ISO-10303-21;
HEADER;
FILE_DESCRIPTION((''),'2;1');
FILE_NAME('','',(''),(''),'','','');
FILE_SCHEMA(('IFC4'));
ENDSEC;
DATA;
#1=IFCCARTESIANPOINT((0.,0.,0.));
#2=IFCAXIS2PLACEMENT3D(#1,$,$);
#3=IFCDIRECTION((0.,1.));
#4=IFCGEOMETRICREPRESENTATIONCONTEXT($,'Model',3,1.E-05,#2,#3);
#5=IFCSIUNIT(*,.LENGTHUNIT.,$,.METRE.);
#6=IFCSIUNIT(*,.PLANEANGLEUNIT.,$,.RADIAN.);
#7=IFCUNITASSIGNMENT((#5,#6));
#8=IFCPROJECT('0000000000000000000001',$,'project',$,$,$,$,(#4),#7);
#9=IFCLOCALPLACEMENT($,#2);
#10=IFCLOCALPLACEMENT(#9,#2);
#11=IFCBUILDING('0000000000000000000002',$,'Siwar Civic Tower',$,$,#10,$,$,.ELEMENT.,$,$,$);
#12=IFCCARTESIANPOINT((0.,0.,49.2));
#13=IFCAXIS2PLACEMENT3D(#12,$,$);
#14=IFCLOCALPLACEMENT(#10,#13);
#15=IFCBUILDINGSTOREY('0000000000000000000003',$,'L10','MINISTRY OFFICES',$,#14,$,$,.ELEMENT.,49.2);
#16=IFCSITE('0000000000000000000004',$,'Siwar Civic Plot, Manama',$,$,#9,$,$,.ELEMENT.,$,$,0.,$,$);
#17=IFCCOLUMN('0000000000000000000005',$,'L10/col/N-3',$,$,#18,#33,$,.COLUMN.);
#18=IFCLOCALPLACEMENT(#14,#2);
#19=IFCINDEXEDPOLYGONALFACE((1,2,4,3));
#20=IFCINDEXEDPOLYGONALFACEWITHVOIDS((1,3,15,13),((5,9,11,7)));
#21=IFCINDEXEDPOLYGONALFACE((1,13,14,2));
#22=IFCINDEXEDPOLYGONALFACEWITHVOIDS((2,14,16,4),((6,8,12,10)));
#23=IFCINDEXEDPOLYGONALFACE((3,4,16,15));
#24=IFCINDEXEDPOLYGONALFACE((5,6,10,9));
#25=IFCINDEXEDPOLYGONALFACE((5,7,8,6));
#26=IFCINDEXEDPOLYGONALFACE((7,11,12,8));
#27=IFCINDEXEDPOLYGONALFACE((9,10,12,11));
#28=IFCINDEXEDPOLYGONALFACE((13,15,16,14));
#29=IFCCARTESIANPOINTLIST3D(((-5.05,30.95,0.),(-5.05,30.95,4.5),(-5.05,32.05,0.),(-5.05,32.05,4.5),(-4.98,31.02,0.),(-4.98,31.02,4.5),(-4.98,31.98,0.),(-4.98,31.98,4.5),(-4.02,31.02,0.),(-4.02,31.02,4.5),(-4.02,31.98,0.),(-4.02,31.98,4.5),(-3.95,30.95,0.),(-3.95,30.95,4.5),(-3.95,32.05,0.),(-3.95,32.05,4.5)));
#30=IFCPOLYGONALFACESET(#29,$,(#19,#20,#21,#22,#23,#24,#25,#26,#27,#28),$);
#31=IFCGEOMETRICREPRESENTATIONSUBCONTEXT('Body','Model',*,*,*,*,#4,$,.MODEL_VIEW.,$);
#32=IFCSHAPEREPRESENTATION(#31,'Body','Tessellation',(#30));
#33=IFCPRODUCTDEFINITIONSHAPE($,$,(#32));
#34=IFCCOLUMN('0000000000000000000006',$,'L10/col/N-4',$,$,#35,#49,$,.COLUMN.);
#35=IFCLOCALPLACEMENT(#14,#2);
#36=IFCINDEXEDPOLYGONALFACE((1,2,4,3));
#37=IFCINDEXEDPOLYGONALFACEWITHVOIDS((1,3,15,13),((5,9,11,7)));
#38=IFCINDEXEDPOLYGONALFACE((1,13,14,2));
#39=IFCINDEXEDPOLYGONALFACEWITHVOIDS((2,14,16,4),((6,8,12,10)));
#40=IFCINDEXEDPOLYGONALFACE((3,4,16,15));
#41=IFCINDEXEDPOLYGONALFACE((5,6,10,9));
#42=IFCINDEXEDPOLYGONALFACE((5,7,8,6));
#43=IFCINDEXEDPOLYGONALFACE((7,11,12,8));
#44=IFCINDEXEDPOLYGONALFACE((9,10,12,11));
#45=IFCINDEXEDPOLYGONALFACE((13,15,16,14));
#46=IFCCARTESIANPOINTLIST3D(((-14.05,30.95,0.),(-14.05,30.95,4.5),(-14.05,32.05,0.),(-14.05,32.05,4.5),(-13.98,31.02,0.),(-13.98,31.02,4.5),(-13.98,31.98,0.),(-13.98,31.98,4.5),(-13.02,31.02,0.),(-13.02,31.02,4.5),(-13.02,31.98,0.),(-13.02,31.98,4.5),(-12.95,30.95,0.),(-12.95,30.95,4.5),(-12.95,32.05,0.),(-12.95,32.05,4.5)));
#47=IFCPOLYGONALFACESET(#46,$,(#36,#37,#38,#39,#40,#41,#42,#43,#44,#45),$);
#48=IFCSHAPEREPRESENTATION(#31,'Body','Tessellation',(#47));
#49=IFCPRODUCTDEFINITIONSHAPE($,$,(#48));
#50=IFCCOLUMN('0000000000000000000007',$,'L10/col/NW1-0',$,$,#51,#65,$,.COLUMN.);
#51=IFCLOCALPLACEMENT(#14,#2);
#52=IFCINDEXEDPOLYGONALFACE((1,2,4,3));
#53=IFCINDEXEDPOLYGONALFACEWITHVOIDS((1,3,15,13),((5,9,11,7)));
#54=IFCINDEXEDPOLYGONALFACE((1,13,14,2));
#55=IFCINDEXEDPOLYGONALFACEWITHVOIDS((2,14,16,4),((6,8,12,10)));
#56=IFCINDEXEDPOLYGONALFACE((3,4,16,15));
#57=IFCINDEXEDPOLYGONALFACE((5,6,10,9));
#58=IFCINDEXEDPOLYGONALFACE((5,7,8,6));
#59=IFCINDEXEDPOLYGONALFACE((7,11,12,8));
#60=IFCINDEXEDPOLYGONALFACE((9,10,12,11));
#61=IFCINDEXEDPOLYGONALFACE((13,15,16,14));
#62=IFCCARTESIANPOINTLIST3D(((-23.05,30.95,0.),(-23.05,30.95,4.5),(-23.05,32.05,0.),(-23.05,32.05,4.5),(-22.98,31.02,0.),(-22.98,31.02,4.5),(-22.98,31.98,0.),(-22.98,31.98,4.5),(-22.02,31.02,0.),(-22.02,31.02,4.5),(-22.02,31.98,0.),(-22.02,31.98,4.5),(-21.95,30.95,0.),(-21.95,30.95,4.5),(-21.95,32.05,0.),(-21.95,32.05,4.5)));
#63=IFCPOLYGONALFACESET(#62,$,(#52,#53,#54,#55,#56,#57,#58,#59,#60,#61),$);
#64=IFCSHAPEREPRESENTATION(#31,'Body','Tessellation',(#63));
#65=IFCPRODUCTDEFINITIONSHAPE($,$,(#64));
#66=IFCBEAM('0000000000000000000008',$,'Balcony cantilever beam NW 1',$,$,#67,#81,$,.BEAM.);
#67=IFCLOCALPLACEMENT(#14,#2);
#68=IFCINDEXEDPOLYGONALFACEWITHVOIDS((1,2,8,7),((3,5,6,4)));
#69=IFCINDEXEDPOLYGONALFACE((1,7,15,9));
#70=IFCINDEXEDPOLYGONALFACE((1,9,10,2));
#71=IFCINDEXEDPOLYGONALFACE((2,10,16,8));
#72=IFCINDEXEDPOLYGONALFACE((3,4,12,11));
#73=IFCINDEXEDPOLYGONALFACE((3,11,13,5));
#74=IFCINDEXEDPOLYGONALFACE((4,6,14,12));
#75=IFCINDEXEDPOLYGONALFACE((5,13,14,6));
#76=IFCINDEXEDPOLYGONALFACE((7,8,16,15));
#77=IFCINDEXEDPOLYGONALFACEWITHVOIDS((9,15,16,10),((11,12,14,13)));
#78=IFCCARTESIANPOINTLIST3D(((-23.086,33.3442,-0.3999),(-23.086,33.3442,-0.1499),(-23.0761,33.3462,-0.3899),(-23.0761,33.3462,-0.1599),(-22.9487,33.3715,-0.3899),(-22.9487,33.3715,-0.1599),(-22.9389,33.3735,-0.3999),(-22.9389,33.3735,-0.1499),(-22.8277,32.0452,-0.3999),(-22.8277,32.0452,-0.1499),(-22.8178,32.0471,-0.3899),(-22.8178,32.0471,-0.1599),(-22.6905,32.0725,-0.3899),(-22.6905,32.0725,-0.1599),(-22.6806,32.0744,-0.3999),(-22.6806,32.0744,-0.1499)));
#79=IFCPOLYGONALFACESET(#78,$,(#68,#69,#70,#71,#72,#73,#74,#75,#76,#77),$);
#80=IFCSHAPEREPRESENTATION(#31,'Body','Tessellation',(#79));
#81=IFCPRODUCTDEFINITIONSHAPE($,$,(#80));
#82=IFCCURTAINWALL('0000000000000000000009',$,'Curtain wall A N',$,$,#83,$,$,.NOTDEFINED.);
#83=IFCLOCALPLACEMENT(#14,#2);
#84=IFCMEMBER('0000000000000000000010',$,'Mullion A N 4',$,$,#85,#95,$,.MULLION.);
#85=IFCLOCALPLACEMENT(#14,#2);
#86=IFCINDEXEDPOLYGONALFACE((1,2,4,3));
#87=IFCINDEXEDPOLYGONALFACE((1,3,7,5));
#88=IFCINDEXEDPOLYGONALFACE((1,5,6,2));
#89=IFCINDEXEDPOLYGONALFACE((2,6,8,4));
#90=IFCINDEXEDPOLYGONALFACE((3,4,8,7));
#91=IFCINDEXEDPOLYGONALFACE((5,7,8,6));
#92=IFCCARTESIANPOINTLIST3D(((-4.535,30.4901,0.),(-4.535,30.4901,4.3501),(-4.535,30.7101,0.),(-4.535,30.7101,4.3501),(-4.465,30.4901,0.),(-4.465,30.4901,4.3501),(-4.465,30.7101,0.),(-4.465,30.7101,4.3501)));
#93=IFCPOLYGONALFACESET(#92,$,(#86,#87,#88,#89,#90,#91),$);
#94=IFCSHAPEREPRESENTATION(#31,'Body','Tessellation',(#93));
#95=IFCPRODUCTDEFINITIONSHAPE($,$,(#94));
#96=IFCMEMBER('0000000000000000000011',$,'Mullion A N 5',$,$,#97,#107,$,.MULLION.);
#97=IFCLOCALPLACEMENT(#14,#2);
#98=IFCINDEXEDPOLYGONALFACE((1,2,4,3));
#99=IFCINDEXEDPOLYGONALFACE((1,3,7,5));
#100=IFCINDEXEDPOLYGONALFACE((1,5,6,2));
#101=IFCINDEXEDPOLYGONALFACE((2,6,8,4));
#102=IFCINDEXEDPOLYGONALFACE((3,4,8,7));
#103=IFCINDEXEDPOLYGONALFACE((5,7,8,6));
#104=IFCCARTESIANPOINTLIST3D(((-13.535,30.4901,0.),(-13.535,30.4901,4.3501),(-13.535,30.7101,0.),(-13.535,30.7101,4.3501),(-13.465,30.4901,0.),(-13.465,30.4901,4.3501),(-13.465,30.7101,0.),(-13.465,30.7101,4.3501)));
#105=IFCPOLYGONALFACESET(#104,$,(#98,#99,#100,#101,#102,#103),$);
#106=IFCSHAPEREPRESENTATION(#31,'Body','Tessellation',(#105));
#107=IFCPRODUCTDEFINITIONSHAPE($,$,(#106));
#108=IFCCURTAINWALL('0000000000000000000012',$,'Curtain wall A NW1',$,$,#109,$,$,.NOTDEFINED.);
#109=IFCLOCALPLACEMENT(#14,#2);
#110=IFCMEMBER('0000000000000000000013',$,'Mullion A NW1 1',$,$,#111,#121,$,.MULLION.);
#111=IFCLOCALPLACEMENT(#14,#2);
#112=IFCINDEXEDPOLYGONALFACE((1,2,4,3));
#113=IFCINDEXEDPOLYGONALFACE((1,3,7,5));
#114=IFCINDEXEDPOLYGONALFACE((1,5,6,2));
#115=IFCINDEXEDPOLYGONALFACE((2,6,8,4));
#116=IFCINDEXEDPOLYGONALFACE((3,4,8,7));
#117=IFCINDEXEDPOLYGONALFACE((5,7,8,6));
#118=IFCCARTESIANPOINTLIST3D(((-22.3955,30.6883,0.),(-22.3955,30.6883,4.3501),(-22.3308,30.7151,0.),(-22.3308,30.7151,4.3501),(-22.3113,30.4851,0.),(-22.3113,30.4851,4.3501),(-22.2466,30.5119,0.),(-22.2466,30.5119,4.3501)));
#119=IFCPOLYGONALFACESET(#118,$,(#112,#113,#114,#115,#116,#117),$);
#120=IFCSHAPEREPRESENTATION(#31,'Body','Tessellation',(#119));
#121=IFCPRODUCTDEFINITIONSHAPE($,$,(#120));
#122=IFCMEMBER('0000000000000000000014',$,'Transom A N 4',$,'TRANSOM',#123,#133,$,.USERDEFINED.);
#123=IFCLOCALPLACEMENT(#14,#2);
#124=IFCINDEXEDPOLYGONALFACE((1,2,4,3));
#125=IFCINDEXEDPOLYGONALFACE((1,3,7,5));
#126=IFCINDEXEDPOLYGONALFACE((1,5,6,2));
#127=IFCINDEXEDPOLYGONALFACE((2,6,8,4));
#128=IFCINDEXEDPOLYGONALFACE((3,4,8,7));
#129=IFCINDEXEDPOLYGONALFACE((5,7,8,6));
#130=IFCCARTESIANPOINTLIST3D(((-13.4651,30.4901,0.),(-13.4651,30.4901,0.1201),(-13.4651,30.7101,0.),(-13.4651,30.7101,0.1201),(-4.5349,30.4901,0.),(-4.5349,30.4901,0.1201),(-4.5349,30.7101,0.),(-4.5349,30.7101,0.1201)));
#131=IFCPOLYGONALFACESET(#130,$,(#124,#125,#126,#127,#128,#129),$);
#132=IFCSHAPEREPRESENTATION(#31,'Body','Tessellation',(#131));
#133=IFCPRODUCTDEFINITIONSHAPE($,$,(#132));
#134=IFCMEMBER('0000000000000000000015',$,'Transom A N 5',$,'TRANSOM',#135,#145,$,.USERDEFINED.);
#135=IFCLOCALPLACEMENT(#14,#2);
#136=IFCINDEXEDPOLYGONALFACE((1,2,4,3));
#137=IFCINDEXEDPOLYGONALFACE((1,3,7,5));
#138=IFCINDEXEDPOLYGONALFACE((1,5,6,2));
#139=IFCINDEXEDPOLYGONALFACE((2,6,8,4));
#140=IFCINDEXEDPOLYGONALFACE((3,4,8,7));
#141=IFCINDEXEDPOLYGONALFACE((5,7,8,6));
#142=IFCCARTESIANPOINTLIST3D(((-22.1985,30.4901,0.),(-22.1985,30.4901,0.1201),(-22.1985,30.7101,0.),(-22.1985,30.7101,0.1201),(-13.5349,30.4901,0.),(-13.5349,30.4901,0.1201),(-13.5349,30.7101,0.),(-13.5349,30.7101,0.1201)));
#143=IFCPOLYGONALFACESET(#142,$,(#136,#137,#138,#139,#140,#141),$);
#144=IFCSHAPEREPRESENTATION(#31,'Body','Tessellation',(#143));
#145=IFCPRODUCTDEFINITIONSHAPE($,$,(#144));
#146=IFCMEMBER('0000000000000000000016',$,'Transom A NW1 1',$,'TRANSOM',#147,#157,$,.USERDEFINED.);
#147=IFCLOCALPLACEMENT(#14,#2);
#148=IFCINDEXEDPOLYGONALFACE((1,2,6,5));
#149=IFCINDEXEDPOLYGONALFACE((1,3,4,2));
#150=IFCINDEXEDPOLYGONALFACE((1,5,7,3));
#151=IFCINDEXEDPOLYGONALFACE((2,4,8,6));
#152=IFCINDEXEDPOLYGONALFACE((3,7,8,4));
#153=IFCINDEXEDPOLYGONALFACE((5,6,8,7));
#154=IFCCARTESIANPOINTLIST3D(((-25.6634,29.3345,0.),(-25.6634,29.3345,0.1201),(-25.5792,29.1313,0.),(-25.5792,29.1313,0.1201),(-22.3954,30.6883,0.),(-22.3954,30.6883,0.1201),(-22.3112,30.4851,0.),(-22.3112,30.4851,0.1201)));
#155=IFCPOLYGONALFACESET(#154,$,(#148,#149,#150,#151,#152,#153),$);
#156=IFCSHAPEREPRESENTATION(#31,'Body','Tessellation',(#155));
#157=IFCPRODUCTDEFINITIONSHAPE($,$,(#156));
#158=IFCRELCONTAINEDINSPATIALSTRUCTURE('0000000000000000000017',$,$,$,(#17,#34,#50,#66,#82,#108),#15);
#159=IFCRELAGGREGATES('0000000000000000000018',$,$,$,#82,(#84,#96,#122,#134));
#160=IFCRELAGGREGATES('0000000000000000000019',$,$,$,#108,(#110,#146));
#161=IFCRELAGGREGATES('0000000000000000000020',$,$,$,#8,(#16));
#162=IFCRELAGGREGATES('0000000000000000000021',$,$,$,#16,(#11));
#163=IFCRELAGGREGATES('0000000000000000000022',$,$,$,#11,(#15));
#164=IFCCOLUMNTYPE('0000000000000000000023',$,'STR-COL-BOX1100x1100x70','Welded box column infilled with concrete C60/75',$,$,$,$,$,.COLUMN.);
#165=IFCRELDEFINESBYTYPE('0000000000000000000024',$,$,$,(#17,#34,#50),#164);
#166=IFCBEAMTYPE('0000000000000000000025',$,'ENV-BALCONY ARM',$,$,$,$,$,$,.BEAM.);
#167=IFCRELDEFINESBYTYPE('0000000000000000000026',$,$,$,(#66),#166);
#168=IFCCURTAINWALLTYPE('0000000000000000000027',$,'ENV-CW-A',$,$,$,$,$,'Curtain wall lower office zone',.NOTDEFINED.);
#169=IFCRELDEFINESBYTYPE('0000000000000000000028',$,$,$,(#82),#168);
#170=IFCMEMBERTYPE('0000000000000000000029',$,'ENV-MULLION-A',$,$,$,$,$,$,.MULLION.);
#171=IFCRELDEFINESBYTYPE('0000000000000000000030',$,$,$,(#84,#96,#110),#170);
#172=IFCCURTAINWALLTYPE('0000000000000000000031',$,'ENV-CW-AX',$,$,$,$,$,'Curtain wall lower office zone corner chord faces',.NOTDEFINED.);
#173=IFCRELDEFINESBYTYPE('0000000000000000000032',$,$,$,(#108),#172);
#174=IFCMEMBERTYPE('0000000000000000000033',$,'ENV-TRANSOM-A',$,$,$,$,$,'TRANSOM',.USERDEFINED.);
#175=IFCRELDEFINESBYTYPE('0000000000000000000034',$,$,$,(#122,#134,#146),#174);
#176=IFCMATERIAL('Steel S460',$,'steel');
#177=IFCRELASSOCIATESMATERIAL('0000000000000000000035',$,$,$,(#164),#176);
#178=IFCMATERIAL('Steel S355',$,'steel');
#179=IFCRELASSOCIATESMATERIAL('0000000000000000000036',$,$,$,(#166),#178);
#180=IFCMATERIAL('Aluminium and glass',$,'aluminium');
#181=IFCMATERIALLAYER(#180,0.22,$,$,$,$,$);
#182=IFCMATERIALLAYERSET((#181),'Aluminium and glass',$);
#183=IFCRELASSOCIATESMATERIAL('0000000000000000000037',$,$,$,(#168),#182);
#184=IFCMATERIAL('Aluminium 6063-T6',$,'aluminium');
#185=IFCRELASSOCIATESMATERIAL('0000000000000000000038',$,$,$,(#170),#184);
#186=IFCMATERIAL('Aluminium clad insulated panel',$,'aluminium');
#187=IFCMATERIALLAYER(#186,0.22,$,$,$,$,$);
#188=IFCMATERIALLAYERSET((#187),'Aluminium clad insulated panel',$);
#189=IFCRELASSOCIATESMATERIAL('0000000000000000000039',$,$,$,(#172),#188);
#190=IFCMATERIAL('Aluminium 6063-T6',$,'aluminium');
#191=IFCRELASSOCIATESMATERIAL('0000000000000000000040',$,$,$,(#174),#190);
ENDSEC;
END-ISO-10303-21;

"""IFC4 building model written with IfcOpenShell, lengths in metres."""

from ifc_helpers import new_model, si_unit, direction, frame, origin, origin_2d, place, context, subcontext, project, spatial, rectangle, hollow_rectangle, extrude, material, layer, layer_set, material_profile, profile_set, type_object, element, aggregate, save


model = new_model("IFC4")

# Units and contexts
model_context = context("Model", 3, precision=1e-05, world=origin(), true_north=direction((0.0, 1.0)))
body_context = subcontext(model_context, "Body", "Model", "MODEL_VIEW")
ifc_project = project(units=[si_unit("LENGTHUNIT", "METRE"), si_unit("PLANEANGLEUNIT", "RADIAN")], contexts=[model_context])

# Site, building, storey
site_placement = place(None, origin())
site = spatial("IfcSite", under=ifc_project, at=site_placement, Name="Siwar Civic Plot, Manama", CompositionType="ELEMENT", RefElevation=0.0)
building_placement = place(site_placement, origin())
building = spatial("IfcBuilding", under=site, at=building_placement, Name="Siwar Civic Tower", CompositionType="ELEMENT")
storey_placement = place(building_placement, frame((0.0, 0.0, 49.2)))
storey = spatial("IfcBuildingStorey", under=building, at=storey_placement, Name="L10", Description="MINISTRY OFFICES", CompositionType="ELEMENT", Elevation=49.2)

# Columns
ifc_material_1 = material(Name="Steel S460", Category="steel")
ifc_material_profile_1 = material_profile(ifc_material_1, hollow_rectangle(XDim=1.1001, YDim=1.1001, WallThickness=0.0701, at=origin_2d()), Name="BOX1100x1100x70")
ifc_profile_set_1 = profile_set([ifc_material_profile_1], Name="Steel S460")
column_type = type_object("IfcColumnType", Name="STR-COL-BOX1100x1100x70", Description="Welded box column infilled with concrete C60/75", PredefinedType="COLUMN", material=ifc_profile_set_1)
for number, where, z_axis, x_axis, name in (
    (1, (-4.5, 31.5, 0.0), (0.0, 0.0, 1.0), (1.0, 0.0, 0.0), "L10/col/N-3"),
    (2, (-13.5, 31.5, 0.0), (0.0, 0.0, 1.0), (1.0, 0.0, 0.0), "L10/col/N-4"),
    (3, (-22.5, 31.5, 0.0), (0.0, 0.0, 1.0), (1.0, 0.0, 0.0), "L10/col/NW1-0"),
):
    element("IfcColumn", number, at=place(storey_placement, frame(where, z_axis=z_axis, x_axis=x_axis)), inside=storey, type_object=column_type, Name=name, PredefinedType="COLUMN", context=body_context, shape_type="SweptSolid", body=[
        extrude(hollow_rectangle(XDim=1.1001, YDim=1.1001, WallThickness=0.0701, at=origin_2d()), origin(), (0.0, 0.0, 1.0), 4.5),
    ])

# Beam
ifc_material_2 = material(Name="Steel S355", Category="steel")
ifc_material_profile_2 = material_profile(ifc_material_2, hollow_rectangle(XDim=0.1499, YDim=0.25, WallThickness=0.01, at=origin_2d()), Name="RHS250x150x10")
ifc_profile_set_2 = profile_set([ifc_material_profile_2], Name="Steel S355")
beam_type_1 = type_object("IfcBeamType", Name="ENV-BALCONY ARM", PredefinedType="BEAM", material=ifc_profile_set_2)
beam_1_placement = place(storey_placement, frame((-22.7542, 32.0598, -0.2749), z_axis=(-0.195017, 0.9808, 0.0), x_axis=(-0.9808, -0.195017, 0.0)))
element("IfcBeam", 4, at=beam_1_placement, inside=storey, type_object=beam_type_1, Name="Balcony cantilever beam NW 1", PredefinedType="BEAM", context=body_context, shape_type="SweptSolid", body=[
    extrude(hollow_rectangle(XDim=0.1499, YDim=0.25, WallThickness=0.01, at=origin_2d()), origin(), (0.0, 0.0, 1.0), 1.3245),
])

# Curtain wall, members
ifc_material_3 = material(Name="Aluminium and glass", Category="aluminium")
ifc_layer_1 = layer(ifc_material_3, 0.22)
ifc_layer_set_1 = layer_set([ifc_layer_1], Name="Aluminium and glass")
curtain_wall_type_1 = type_object("IfcCurtainWallType", Name="ENV-CW-A", ElementType="Curtain wall lower office zone", PredefinedType="NOTDEFINED", material=ifc_layer_set_1)
curtain_wall_1_placement = place(storey_placement, origin())
curtain_wall_1 = element("IfcCurtainWall", 5, at=curtain_wall_1_placement, inside=storey, type_object=curtain_wall_type_1, Name="Curtain wall A N", PredefinedType="NOTDEFINED")
ifc_material_4 = material(Name="Aluminium 6063-T6", Category="aluminium")
ifc_material_profile_3 = material_profile(ifc_material_4, rectangle(XDim=0.22, YDim=0.0701, at=origin_2d()), Name="AL 220x70")
ifc_profile_set_3 = profile_set([ifc_material_profile_3], Name="Aluminium 6063-T6")
member_type_1 = type_object("IfcMemberType", Name="ENV-MULLION-A", PredefinedType="MULLION", material=ifc_profile_set_3)
member_1_placement = place(storey_placement, frame((-4.5, 30.6001, 0.0), z_axis=(0.0, 0.0, 1.0), x_axis=(0.0, -1.0, 0.0)))
member_1 = element("IfcMember", 6, at=member_1_placement, type_object=member_type_1, Name="Mullion A N 4", PredefinedType="MULLION", context=body_context, shape_type="SweptSolid", body=[
    extrude(rectangle(XDim=0.22, YDim=0.0701, at=origin_2d()), origin(), (0.0, 0.0, 1.0), 4.3501),
])
member_2_placement = place(storey_placement, frame((-13.5, 30.6001, 0.0), z_axis=(0.0, 0.0, 1.0), x_axis=(0.0, -1.0, 0.0)))
member_2 = element("IfcMember", 7, at=member_2_placement, type_object=member_type_1, Name="Mullion A N 5", PredefinedType="MULLION", context=body_context, shape_type="SweptSolid", body=[
    extrude(rectangle(XDim=0.22, YDim=0.0701, at=origin_2d()), origin(), (0.0, 0.0, 1.0), 4.3501),
])

# Curtain wall, member
ifc_material_5 = material(Name="Aluminium clad insulated panel", Category="aluminium")
ifc_layer_2 = layer(ifc_material_5, 0.22)
ifc_layer_set_2 = layer_set([ifc_layer_2], Name="Aluminium clad insulated panel")
curtain_wall_type_2 = type_object("IfcCurtainWallType", Name="ENV-CW-AX", ElementType="Curtain wall lower office zone corner chord faces", PredefinedType="NOTDEFINED", material=ifc_layer_set_2)
curtain_wall_2_placement = place(storey_placement, origin())
curtain_wall_2 = element("IfcCurtainWall", 8, at=curtain_wall_2_placement, inside=storey, type_object=curtain_wall_type_2, Name="Curtain wall A NW1", PredefinedType="NOTDEFINED")
member_3_placement = place(storey_placement, frame((-22.321, 30.6001, 0.0), z_axis=(0.0, 0.0, 1.0), x_axis=(0.382683, -0.92388, 0.0)))
member_3 = element("IfcMember", 9, at=member_3_placement, type_object=member_type_1, Name="Mullion A NW1 1", PredefinedType="MULLION", context=body_context, shape_type="SweptSolid", body=[
    extrude(rectangle(XDim=0.22, YDim=0.0701, at=origin_2d()), origin(), (0.0, 0.0, 1.0), 4.3501),
])

# Members
ifc_material_6 = material(Name="Aluminium 6063-T6", Category="aluminium")
ifc_material_profile_4 = material_profile(ifc_material_6, rectangle(XDim=0.22, YDim=0.1201, at=origin_2d()), Name="AL 220x120")
ifc_profile_set_4 = profile_set([ifc_material_profile_4], Name="Aluminium 6063-T6")
member_type_2 = type_object("IfcMemberType", Name="ENV-TRANSOM-A", ElementType="TRANSOM", PredefinedType="USERDEFINED", material=ifc_profile_set_4)
member_4_placement = place(storey_placement, frame((-4.5349, 30.6001, 0.0601), z_axis=(-1.0, 0.0, 0.0), x_axis=(0.0, -1.0, 0.0)))
member_4 = element("IfcMember", 10, at=member_4_placement, type_object=member_type_2, Name="Transom A N 4", ObjectType="TRANSOM", PredefinedType="USERDEFINED", context=body_context, shape_type="SweptSolid", body=[
    extrude(rectangle(XDim=0.22, YDim=0.1201, at=origin_2d()), origin(), (0.0, 0.0, 1.0), 8.9302),
])
member_5_placement = place(storey_placement, frame((-13.5349, 30.6001, 0.0601), z_axis=(-1.0, 0.0, 0.0), x_axis=(0.0, -1.0, 0.0)))
member_5 = element("IfcMember", 11, at=member_5_placement, type_object=member_type_2, Name="Transom A N 5", ObjectType="TRANSOM", PredefinedType="USERDEFINED", context=body_context, shape_type="SweptSolid", body=[
    extrude(rectangle(XDim=0.22, YDim=0.1201, at=origin_2d()), origin(), (0.0, 0.0, 1.0), 8.6636),
])
member_6_placement = place(storey_placement, frame((-22.3533, 30.5867, 0.0601), z_axis=(-0.923871, -0.382703, 0.0), x_axis=(0.382703, -0.923871, 0.0)))
member_6 = element("IfcMember", 12, at=member_6_placement, type_object=member_type_2, Name="Transom A NW1 1", ObjectType="TRANSOM", PredefinedType="USERDEFINED", context=body_context, shape_type="SweptSolid", body=[
    extrude(rectangle(XDim=0.22, YDim=0.1201, at=origin_2d()), origin(), (0.0, 0.0, 1.0), 3.5374),
])

aggregate(curtain_wall_1, [member_1, member_2, member_4, member_5])
aggregate(curtain_wall_2, [member_3, member_6])

save(model, "model.ifc")
